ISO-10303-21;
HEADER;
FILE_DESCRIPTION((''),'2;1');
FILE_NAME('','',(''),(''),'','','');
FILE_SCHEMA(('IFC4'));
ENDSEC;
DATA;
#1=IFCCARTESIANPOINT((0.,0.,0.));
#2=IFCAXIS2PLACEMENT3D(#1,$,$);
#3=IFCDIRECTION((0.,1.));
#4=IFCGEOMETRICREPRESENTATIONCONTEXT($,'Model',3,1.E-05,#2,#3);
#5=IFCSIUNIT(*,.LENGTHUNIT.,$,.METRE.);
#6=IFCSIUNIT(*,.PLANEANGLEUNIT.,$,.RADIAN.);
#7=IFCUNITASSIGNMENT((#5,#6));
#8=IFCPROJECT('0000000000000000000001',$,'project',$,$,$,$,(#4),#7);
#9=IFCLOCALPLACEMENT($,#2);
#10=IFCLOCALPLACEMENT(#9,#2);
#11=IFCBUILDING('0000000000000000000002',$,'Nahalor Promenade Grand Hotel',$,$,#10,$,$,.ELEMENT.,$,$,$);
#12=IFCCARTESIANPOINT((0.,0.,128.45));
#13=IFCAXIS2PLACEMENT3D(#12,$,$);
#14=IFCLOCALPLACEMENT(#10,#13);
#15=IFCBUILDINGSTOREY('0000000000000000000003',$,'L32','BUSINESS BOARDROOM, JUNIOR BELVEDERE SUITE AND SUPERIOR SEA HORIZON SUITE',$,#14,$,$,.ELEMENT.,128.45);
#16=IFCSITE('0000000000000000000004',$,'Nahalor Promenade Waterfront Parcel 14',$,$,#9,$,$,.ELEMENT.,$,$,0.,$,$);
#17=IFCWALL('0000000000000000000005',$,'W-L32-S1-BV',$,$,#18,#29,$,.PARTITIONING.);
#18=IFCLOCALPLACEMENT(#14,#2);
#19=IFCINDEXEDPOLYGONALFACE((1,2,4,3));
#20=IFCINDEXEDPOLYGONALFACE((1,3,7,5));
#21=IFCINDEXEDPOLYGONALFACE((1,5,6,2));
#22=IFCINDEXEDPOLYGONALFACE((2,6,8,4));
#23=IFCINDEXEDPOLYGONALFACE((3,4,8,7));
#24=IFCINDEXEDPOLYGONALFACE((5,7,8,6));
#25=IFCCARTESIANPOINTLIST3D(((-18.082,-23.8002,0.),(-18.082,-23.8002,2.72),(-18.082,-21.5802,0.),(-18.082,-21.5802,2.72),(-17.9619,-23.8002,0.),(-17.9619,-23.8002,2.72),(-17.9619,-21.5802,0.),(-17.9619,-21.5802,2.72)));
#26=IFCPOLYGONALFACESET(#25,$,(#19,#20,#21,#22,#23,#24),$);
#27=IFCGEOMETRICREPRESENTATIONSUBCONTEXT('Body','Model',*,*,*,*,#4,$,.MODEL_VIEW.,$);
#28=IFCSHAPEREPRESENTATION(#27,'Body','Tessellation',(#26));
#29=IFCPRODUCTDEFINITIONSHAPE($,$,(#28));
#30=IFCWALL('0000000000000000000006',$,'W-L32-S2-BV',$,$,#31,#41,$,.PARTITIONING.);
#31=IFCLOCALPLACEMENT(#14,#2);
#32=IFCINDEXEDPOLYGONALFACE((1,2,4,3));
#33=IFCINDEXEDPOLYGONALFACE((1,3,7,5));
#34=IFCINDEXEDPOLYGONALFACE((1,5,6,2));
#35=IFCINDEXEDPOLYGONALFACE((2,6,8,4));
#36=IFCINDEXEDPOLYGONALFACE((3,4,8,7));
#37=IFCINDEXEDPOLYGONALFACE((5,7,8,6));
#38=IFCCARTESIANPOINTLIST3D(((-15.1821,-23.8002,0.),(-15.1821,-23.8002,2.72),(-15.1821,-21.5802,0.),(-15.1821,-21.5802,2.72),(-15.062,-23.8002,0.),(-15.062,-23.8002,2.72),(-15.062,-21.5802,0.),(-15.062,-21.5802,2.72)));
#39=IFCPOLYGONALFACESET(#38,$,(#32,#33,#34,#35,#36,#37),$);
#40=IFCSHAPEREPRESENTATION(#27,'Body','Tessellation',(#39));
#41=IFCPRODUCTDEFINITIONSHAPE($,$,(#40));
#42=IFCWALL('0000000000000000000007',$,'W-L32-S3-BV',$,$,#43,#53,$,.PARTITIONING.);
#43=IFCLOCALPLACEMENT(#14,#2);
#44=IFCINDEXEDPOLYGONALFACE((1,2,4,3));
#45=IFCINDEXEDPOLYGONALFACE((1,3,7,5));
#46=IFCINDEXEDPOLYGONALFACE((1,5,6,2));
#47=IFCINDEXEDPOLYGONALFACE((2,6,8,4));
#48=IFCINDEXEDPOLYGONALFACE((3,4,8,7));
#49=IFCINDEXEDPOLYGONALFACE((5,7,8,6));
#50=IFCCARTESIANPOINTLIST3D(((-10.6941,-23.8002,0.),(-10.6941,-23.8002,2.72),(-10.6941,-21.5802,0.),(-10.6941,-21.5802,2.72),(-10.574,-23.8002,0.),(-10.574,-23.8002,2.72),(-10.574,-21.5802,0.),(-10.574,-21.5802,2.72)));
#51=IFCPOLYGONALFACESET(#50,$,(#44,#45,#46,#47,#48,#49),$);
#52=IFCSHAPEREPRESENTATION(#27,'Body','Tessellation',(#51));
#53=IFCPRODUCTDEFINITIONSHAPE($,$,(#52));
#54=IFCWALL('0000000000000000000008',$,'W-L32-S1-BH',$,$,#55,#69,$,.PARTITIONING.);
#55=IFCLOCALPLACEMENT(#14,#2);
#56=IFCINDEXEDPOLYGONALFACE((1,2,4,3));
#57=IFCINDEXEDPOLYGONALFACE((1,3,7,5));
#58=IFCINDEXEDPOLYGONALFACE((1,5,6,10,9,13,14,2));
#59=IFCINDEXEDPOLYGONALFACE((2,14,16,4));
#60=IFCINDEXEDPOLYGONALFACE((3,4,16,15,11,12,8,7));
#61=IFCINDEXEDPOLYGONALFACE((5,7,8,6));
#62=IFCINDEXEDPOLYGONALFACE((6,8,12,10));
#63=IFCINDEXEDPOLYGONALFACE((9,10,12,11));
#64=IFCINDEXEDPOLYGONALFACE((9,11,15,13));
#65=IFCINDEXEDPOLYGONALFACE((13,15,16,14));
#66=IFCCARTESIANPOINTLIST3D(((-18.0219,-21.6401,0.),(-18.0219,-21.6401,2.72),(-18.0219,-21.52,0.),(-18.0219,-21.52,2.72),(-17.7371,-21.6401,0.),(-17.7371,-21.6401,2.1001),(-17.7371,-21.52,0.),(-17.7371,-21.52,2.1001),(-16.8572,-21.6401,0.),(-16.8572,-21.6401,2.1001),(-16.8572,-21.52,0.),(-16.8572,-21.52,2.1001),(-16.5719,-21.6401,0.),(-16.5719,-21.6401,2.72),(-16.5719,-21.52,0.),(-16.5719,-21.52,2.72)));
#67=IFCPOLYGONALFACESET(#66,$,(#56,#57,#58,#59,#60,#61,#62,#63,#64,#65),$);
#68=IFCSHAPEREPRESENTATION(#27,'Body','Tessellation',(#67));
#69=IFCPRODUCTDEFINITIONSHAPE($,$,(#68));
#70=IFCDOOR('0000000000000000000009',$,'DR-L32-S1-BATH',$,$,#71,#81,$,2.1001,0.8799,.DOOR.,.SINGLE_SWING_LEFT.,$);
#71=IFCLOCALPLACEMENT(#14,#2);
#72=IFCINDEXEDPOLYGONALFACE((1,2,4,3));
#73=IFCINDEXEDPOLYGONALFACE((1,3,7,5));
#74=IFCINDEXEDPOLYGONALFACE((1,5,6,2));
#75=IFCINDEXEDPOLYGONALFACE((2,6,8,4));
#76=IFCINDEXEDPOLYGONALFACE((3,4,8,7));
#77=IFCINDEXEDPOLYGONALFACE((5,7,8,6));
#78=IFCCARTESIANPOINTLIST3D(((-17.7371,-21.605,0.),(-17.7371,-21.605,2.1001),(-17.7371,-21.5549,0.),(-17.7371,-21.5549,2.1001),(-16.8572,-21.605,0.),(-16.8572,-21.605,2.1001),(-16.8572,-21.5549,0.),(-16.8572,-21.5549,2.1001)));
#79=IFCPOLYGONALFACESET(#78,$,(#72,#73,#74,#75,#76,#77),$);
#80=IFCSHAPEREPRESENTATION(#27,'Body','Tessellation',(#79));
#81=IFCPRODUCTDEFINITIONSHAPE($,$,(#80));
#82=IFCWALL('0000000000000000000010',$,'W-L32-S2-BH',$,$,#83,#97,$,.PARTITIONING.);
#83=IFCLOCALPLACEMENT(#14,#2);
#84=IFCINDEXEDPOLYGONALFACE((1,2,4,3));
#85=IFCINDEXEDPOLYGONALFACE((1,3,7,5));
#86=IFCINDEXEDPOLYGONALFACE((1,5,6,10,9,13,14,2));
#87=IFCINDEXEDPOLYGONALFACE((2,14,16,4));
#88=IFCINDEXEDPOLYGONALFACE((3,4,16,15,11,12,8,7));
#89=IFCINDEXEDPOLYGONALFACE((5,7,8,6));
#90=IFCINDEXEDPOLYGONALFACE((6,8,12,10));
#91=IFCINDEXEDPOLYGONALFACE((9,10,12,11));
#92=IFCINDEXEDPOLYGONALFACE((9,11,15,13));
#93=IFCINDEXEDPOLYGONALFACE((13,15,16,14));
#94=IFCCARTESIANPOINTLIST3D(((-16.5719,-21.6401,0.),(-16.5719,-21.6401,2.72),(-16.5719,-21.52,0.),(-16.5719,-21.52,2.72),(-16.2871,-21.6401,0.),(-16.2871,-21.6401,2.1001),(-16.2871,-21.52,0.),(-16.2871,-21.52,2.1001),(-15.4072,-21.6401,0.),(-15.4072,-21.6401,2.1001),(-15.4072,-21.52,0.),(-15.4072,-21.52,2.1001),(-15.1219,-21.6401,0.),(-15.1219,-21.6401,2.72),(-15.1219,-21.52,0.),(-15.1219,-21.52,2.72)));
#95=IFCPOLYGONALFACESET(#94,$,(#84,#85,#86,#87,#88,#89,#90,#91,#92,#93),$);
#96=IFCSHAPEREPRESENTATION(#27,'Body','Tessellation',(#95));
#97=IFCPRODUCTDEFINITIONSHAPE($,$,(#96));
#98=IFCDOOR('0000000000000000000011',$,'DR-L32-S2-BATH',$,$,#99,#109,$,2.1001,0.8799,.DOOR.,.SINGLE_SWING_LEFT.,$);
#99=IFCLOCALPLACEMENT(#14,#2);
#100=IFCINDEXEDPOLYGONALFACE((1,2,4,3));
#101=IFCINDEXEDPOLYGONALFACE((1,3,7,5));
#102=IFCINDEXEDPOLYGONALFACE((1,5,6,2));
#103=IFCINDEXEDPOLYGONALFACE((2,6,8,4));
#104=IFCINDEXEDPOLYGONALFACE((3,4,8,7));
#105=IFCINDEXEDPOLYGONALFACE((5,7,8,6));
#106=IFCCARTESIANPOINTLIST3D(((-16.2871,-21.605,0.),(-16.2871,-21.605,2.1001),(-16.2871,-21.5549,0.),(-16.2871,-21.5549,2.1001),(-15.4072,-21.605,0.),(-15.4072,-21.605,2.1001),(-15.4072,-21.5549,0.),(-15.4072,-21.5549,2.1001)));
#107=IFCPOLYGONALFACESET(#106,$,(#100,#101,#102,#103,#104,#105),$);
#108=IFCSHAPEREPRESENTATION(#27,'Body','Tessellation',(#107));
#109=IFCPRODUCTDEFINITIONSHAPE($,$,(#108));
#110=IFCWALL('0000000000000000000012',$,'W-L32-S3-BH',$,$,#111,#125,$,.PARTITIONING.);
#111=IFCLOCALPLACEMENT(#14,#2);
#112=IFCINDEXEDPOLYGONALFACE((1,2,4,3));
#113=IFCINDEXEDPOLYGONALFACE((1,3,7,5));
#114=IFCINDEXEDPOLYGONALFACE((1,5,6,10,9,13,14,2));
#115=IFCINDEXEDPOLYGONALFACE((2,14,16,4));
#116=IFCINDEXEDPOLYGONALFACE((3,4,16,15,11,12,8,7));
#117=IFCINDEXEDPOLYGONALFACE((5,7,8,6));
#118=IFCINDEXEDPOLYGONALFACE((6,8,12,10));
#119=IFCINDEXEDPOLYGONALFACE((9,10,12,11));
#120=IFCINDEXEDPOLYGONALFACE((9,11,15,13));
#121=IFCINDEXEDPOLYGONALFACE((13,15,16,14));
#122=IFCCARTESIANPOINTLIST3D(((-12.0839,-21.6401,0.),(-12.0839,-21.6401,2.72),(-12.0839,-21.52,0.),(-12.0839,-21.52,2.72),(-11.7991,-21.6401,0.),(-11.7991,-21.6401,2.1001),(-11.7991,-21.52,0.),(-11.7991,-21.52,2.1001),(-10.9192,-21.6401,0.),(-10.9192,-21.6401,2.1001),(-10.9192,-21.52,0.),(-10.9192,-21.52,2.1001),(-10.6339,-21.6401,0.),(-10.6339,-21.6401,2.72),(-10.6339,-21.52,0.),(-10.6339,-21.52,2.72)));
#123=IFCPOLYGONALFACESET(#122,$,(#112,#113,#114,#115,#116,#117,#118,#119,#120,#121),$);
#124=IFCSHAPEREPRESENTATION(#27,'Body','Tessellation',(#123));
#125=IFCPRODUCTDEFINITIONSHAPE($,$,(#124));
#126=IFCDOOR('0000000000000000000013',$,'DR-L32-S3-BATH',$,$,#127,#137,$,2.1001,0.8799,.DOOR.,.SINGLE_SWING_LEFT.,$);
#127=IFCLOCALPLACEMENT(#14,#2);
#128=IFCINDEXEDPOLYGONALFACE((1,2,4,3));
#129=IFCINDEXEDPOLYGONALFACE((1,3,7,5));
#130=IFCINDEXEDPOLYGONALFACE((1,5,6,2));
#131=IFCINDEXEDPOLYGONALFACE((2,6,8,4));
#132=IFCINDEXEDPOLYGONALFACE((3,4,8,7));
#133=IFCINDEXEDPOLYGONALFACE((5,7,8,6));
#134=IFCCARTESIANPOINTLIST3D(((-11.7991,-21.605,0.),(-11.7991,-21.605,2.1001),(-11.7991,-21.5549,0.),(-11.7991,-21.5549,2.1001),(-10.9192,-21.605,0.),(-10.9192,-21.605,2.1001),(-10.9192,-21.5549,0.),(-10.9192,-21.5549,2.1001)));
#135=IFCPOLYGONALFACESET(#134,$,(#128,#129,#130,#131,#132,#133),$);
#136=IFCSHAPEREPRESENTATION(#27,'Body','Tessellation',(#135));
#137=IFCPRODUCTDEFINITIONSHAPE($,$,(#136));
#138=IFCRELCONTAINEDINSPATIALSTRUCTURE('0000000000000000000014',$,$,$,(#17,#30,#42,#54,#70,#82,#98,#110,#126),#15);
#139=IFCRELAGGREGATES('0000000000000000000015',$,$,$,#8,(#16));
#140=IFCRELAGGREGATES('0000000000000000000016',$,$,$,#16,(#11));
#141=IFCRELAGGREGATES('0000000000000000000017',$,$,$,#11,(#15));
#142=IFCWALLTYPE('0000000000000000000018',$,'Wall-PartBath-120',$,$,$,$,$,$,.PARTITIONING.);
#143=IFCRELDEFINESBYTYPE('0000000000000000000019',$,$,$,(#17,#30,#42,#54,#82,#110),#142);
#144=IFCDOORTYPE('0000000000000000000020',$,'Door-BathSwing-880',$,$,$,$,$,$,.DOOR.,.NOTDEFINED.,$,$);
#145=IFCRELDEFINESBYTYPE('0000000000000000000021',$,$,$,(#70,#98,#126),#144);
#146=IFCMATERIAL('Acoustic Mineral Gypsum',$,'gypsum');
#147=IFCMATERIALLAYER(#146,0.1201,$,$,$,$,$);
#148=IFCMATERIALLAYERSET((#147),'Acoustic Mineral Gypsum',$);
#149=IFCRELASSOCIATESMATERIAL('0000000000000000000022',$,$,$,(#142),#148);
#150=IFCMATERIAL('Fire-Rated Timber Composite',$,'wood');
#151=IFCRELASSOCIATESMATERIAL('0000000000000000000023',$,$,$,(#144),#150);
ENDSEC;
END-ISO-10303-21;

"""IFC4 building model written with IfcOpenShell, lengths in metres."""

from ifc_helpers import new_model, si_unit, direction, frame, frame_2d, origin, place, context, subcontext, project, spatial, rectangle, extrude, source, transform, mapped, material, layer, layer_set, type_object, element, fill, save


model = new_model("IFC4")

# Units and contexts
model_context = context("Model", 3, precision=1e-05, world=origin(), true_north=direction((0.0, 1.0)))
body_context = subcontext(model_context, "Body", "Model", "MODEL_VIEW")
ifc_project = project(units=[si_unit("LENGTHUNIT", "METRE"), si_unit("PLANEANGLEUNIT", "RADIAN")], contexts=[model_context])

# Site, building, storey
site_placement = place(None, origin())
site = spatial("IfcSite", under=ifc_project, at=site_placement, Name="Nahalor Promenade Waterfront Parcel 14", CompositionType="ELEMENT", RefElevation=0.0)
building_placement = place(site_placement, origin())
building = spatial("IfcBuilding", under=site, at=building_placement, Name="Nahalor Promenade Grand Hotel", CompositionType="ELEMENT")
storey_placement = place(building_placement, frame((0.0, 0.0, 128.45)))
storey = spatial("IfcBuildingStorey", under=building, at=storey_placement, Name="L32", Description="BUSINESS BOARDROOM, JUNIOR BELVEDERE SUITE AND SUPERIOR SEA HORIZON SUITE", CompositionType="ELEMENT", Elevation=128.45)

# Walls
ifc_material_1 = material(Name="Acoustic Mineral Gypsum", Category="gypsum")
ifc_layer_1 = layer(ifc_material_1, 0.1201)
ifc_layer_set_1 = layer_set([ifc_layer_1], Name="Acoustic Mineral Gypsum")
wall_type_1 = type_object("IfcWallType", Name="Wall-PartBath-120", PredefinedType="PARTITIONING", material=ifc_layer_set_1)
shared_shape_1 = source(origin(), body_context, "Body", "SweptSolid", [
    extrude(rectangle(XDim=2.22, YDim=0.1201, at=frame_2d((1.1099, 0.0))), origin(), (0.0, 0.0, 1.0), 2.72),
])
for number, where, z_axis, x_axis, name in (
    (1, (-18.022, -23.8, 0.0), (0.0, 0.0, 1.0), (0.0, 1.0, 0.0), "W-L32-S1-BV"),
    (2, (-15.1221, -23.8, 0.0), (0.0, 0.0, 1.0), (0.0, 1.0, 0.0), "W-L32-S2-BV"),
    (3, (-10.634, -23.8, 0.0), (0.0, 0.0, 1.0), (0.0, 1.0, 0.0), "W-L32-S3-BV"),
):
    element("IfcWall", number, at=place(storey_placement, frame(where, z_axis=z_axis, x_axis=x_axis)), inside=storey, type_object=wall_type_1, Name=name, PredefinedType="PARTITIONING", context=body_context, shape_type="MappedRepresentation", body=[
        mapped(shared_shape_1, transform((0.0, 0.0, 0.0), scale=1.0)),
    ])

# Walls, openings, doors
shared_shape_2 = source(origin(), body_context, "Body", "SweptSolid", [
    extrude(rectangle(XDim=1.45, YDim=0.1201, at=frame_2d((0.7251, 0.0))), origin(), (0.0, 0.0, 1.0), 2.72),
])
wall_1_placement = place(storey_placement, frame((-18.022, -21.5801, 0.0), z_axis=(0.0, 0.0, 1.0), x_axis=(1.0, 0.0, 0.0)))
wall_1 = element("IfcWall", 4, at=wall_1_placement, inside=storey, type_object=wall_type_1, Name="W-L32-S1-BH", PredefinedType="PARTITIONING", context=body_context, shape_type="MappedRepresentation", body=[
    mapped(shared_shape_2, transform((0.0, 0.0, 0.0), scale=1.0)),
])
opening_1_placement = place(wall_1_placement, frame((0.2849, 0.0, 0.0)))
opening_1 = element("IfcOpeningElement", 5, at=opening_1_placement, cuts=wall_1, PredefinedType="OPENING", context=body_context, shape_type="SweptSolid", body=[
    extrude(rectangle(XDim=0.8799, YDim=2.1001, at=frame_2d((0.4399, 1.05))), frame((0.0, 0.0701, 0.0), z_axis=(0.0, -1.0, 0.0), x_axis=(1.0, 0.0, 0.0)), (0.0, 0.0, 1.0), 0.1401),
])
ifc_material_2 = material(Name="Fire-Rated Timber Composite", Category="wood")
door_type = type_object("IfcDoorType", Name="Door-BathSwing-880", OperationType="NOTDEFINED", PredefinedType="DOOR", material=ifc_material_2)
shared_shape_3 = source(origin(), body_context, "Body", "SweptSolid", [
    extrude(rectangle(XDim=0.8799, YDim=2.1001, at=frame_2d((0.4399, 1.05))), frame((0.0, 0.0249, 0.0), z_axis=(0.0, -1.0, 0.0), x_axis=(1.0, 0.0, 0.0)), (0.0, 0.0, 1.0), 0.05),
])
door_1_placement = place(opening_1_placement, frame((0.8799, 0.0, 0.0), z_axis=(0.0, 0.0, 1.0), x_axis=(-1.0, 0.0, 0.0)))
door_1 = element("IfcDoor", 6, at=door_1_placement, inside=storey, type_object=door_type, Name="DR-L32-S1-BATH", OperationType="SINGLE_SWING_LEFT", OverallHeight=2.1001, OverallWidth=0.8799, PredefinedType="DOOR", context=body_context, shape_type="MappedRepresentation", body=[
    mapped(shared_shape_3, transform((0.0, 0.0, 0.0), scale=1.0)),
])
fill(opening_1, door_1)
wall_2_placement = place(storey_placement, frame((-16.572, -21.5801, 0.0), z_axis=(0.0, 0.0, 1.0), x_axis=(1.0, 0.0, 0.0)))
wall_2 = element("IfcWall", 7, at=wall_2_placement, inside=storey, type_object=wall_type_1, Name="W-L32-S2-BH", PredefinedType="PARTITIONING", context=body_context, shape_type="MappedRepresentation", body=[
    mapped(shared_shape_2, transform((0.0, 0.0, 0.0), scale=1.0)),
])
opening_2_placement = place(wall_2_placement, frame((0.2849, 0.0, 0.0)))
opening_2 = element("IfcOpeningElement", 8, at=opening_2_placement, cuts=wall_2, PredefinedType="OPENING", context=body_context, shape_type="SweptSolid", body=[
    extrude(rectangle(XDim=0.8799, YDim=2.1001, at=frame_2d((0.4399, 1.05))), frame((0.0, 0.0701, 0.0), z_axis=(0.0, -1.0, 0.0), x_axis=(1.0, 0.0, 0.0)), (0.0, 0.0, 1.0), 0.1401),
])
door_2_placement = place(opening_2_placement, frame((0.8799, 0.0, 0.0), z_axis=(0.0, 0.0, 1.0), x_axis=(-1.0, 0.0, 0.0)))
door_2 = element("IfcDoor", 9, at=door_2_placement, inside=storey, type_object=door_type, Name="DR-L32-S2-BATH", OperationType="SINGLE_SWING_LEFT", OverallHeight=2.1001, OverallWidth=0.8799, PredefinedType="DOOR", context=body_context, shape_type="MappedRepresentation", body=[
    mapped(shared_shape_3, transform((0.0, 0.0, 0.0), scale=1.0)),
])
fill(opening_2, door_2)
wall_3_placement = place(storey_placement, frame((-12.084, -21.5801, 0.0), z_axis=(0.0, 0.0, 1.0), x_axis=(1.0, 0.0, 0.0)))
wall_3 = element("IfcWall", 10, at=wall_3_placement, inside=storey, type_object=wall_type_1, Name="W-L32-S3-BH", PredefinedType="PARTITIONING", context=body_context, shape_type="MappedRepresentation", body=[
    mapped(shared_shape_2, transform((0.0, 0.0, 0.0), scale=1.0)),
])
opening_3_placement = place(wall_3_placement, frame((0.2849, 0.0, 0.0)))
opening_3 = element("IfcOpeningElement", 11, at=opening_3_placement, cuts=wall_3, PredefinedType="OPENING", context=body_context, shape_type="SweptSolid", body=[
    extrude(rectangle(XDim=0.8799, YDim=2.1001, at=frame_2d((0.4399, 1.05))), frame((0.0, 0.0701, 0.0), z_axis=(0.0, -1.0, 0.0), x_axis=(1.0, 0.0, 0.0)), (0.0, 0.0, 1.0), 0.1401),
])
door_3_placement = place(opening_3_placement, frame((0.8799, 0.0, 0.0), z_axis=(0.0, 0.0, 1.0), x_axis=(-1.0, 0.0, 0.0)))
door_3 = element("IfcDoor", 12, at=door_3_placement, inside=storey, type_object=door_type, Name="DR-L32-S3-BATH", OperationType="SINGLE_SWING_LEFT", OverallHeight=2.1001, OverallWidth=0.8799, PredefinedType="DOOR", context=body_context, shape_type="MappedRepresentation", body=[
    mapped(shared_shape_3, transform((0.0, 0.0, 0.0), scale=1.0)),
])
fill(opening_3, door_3)

save(model, "model.ifc")
